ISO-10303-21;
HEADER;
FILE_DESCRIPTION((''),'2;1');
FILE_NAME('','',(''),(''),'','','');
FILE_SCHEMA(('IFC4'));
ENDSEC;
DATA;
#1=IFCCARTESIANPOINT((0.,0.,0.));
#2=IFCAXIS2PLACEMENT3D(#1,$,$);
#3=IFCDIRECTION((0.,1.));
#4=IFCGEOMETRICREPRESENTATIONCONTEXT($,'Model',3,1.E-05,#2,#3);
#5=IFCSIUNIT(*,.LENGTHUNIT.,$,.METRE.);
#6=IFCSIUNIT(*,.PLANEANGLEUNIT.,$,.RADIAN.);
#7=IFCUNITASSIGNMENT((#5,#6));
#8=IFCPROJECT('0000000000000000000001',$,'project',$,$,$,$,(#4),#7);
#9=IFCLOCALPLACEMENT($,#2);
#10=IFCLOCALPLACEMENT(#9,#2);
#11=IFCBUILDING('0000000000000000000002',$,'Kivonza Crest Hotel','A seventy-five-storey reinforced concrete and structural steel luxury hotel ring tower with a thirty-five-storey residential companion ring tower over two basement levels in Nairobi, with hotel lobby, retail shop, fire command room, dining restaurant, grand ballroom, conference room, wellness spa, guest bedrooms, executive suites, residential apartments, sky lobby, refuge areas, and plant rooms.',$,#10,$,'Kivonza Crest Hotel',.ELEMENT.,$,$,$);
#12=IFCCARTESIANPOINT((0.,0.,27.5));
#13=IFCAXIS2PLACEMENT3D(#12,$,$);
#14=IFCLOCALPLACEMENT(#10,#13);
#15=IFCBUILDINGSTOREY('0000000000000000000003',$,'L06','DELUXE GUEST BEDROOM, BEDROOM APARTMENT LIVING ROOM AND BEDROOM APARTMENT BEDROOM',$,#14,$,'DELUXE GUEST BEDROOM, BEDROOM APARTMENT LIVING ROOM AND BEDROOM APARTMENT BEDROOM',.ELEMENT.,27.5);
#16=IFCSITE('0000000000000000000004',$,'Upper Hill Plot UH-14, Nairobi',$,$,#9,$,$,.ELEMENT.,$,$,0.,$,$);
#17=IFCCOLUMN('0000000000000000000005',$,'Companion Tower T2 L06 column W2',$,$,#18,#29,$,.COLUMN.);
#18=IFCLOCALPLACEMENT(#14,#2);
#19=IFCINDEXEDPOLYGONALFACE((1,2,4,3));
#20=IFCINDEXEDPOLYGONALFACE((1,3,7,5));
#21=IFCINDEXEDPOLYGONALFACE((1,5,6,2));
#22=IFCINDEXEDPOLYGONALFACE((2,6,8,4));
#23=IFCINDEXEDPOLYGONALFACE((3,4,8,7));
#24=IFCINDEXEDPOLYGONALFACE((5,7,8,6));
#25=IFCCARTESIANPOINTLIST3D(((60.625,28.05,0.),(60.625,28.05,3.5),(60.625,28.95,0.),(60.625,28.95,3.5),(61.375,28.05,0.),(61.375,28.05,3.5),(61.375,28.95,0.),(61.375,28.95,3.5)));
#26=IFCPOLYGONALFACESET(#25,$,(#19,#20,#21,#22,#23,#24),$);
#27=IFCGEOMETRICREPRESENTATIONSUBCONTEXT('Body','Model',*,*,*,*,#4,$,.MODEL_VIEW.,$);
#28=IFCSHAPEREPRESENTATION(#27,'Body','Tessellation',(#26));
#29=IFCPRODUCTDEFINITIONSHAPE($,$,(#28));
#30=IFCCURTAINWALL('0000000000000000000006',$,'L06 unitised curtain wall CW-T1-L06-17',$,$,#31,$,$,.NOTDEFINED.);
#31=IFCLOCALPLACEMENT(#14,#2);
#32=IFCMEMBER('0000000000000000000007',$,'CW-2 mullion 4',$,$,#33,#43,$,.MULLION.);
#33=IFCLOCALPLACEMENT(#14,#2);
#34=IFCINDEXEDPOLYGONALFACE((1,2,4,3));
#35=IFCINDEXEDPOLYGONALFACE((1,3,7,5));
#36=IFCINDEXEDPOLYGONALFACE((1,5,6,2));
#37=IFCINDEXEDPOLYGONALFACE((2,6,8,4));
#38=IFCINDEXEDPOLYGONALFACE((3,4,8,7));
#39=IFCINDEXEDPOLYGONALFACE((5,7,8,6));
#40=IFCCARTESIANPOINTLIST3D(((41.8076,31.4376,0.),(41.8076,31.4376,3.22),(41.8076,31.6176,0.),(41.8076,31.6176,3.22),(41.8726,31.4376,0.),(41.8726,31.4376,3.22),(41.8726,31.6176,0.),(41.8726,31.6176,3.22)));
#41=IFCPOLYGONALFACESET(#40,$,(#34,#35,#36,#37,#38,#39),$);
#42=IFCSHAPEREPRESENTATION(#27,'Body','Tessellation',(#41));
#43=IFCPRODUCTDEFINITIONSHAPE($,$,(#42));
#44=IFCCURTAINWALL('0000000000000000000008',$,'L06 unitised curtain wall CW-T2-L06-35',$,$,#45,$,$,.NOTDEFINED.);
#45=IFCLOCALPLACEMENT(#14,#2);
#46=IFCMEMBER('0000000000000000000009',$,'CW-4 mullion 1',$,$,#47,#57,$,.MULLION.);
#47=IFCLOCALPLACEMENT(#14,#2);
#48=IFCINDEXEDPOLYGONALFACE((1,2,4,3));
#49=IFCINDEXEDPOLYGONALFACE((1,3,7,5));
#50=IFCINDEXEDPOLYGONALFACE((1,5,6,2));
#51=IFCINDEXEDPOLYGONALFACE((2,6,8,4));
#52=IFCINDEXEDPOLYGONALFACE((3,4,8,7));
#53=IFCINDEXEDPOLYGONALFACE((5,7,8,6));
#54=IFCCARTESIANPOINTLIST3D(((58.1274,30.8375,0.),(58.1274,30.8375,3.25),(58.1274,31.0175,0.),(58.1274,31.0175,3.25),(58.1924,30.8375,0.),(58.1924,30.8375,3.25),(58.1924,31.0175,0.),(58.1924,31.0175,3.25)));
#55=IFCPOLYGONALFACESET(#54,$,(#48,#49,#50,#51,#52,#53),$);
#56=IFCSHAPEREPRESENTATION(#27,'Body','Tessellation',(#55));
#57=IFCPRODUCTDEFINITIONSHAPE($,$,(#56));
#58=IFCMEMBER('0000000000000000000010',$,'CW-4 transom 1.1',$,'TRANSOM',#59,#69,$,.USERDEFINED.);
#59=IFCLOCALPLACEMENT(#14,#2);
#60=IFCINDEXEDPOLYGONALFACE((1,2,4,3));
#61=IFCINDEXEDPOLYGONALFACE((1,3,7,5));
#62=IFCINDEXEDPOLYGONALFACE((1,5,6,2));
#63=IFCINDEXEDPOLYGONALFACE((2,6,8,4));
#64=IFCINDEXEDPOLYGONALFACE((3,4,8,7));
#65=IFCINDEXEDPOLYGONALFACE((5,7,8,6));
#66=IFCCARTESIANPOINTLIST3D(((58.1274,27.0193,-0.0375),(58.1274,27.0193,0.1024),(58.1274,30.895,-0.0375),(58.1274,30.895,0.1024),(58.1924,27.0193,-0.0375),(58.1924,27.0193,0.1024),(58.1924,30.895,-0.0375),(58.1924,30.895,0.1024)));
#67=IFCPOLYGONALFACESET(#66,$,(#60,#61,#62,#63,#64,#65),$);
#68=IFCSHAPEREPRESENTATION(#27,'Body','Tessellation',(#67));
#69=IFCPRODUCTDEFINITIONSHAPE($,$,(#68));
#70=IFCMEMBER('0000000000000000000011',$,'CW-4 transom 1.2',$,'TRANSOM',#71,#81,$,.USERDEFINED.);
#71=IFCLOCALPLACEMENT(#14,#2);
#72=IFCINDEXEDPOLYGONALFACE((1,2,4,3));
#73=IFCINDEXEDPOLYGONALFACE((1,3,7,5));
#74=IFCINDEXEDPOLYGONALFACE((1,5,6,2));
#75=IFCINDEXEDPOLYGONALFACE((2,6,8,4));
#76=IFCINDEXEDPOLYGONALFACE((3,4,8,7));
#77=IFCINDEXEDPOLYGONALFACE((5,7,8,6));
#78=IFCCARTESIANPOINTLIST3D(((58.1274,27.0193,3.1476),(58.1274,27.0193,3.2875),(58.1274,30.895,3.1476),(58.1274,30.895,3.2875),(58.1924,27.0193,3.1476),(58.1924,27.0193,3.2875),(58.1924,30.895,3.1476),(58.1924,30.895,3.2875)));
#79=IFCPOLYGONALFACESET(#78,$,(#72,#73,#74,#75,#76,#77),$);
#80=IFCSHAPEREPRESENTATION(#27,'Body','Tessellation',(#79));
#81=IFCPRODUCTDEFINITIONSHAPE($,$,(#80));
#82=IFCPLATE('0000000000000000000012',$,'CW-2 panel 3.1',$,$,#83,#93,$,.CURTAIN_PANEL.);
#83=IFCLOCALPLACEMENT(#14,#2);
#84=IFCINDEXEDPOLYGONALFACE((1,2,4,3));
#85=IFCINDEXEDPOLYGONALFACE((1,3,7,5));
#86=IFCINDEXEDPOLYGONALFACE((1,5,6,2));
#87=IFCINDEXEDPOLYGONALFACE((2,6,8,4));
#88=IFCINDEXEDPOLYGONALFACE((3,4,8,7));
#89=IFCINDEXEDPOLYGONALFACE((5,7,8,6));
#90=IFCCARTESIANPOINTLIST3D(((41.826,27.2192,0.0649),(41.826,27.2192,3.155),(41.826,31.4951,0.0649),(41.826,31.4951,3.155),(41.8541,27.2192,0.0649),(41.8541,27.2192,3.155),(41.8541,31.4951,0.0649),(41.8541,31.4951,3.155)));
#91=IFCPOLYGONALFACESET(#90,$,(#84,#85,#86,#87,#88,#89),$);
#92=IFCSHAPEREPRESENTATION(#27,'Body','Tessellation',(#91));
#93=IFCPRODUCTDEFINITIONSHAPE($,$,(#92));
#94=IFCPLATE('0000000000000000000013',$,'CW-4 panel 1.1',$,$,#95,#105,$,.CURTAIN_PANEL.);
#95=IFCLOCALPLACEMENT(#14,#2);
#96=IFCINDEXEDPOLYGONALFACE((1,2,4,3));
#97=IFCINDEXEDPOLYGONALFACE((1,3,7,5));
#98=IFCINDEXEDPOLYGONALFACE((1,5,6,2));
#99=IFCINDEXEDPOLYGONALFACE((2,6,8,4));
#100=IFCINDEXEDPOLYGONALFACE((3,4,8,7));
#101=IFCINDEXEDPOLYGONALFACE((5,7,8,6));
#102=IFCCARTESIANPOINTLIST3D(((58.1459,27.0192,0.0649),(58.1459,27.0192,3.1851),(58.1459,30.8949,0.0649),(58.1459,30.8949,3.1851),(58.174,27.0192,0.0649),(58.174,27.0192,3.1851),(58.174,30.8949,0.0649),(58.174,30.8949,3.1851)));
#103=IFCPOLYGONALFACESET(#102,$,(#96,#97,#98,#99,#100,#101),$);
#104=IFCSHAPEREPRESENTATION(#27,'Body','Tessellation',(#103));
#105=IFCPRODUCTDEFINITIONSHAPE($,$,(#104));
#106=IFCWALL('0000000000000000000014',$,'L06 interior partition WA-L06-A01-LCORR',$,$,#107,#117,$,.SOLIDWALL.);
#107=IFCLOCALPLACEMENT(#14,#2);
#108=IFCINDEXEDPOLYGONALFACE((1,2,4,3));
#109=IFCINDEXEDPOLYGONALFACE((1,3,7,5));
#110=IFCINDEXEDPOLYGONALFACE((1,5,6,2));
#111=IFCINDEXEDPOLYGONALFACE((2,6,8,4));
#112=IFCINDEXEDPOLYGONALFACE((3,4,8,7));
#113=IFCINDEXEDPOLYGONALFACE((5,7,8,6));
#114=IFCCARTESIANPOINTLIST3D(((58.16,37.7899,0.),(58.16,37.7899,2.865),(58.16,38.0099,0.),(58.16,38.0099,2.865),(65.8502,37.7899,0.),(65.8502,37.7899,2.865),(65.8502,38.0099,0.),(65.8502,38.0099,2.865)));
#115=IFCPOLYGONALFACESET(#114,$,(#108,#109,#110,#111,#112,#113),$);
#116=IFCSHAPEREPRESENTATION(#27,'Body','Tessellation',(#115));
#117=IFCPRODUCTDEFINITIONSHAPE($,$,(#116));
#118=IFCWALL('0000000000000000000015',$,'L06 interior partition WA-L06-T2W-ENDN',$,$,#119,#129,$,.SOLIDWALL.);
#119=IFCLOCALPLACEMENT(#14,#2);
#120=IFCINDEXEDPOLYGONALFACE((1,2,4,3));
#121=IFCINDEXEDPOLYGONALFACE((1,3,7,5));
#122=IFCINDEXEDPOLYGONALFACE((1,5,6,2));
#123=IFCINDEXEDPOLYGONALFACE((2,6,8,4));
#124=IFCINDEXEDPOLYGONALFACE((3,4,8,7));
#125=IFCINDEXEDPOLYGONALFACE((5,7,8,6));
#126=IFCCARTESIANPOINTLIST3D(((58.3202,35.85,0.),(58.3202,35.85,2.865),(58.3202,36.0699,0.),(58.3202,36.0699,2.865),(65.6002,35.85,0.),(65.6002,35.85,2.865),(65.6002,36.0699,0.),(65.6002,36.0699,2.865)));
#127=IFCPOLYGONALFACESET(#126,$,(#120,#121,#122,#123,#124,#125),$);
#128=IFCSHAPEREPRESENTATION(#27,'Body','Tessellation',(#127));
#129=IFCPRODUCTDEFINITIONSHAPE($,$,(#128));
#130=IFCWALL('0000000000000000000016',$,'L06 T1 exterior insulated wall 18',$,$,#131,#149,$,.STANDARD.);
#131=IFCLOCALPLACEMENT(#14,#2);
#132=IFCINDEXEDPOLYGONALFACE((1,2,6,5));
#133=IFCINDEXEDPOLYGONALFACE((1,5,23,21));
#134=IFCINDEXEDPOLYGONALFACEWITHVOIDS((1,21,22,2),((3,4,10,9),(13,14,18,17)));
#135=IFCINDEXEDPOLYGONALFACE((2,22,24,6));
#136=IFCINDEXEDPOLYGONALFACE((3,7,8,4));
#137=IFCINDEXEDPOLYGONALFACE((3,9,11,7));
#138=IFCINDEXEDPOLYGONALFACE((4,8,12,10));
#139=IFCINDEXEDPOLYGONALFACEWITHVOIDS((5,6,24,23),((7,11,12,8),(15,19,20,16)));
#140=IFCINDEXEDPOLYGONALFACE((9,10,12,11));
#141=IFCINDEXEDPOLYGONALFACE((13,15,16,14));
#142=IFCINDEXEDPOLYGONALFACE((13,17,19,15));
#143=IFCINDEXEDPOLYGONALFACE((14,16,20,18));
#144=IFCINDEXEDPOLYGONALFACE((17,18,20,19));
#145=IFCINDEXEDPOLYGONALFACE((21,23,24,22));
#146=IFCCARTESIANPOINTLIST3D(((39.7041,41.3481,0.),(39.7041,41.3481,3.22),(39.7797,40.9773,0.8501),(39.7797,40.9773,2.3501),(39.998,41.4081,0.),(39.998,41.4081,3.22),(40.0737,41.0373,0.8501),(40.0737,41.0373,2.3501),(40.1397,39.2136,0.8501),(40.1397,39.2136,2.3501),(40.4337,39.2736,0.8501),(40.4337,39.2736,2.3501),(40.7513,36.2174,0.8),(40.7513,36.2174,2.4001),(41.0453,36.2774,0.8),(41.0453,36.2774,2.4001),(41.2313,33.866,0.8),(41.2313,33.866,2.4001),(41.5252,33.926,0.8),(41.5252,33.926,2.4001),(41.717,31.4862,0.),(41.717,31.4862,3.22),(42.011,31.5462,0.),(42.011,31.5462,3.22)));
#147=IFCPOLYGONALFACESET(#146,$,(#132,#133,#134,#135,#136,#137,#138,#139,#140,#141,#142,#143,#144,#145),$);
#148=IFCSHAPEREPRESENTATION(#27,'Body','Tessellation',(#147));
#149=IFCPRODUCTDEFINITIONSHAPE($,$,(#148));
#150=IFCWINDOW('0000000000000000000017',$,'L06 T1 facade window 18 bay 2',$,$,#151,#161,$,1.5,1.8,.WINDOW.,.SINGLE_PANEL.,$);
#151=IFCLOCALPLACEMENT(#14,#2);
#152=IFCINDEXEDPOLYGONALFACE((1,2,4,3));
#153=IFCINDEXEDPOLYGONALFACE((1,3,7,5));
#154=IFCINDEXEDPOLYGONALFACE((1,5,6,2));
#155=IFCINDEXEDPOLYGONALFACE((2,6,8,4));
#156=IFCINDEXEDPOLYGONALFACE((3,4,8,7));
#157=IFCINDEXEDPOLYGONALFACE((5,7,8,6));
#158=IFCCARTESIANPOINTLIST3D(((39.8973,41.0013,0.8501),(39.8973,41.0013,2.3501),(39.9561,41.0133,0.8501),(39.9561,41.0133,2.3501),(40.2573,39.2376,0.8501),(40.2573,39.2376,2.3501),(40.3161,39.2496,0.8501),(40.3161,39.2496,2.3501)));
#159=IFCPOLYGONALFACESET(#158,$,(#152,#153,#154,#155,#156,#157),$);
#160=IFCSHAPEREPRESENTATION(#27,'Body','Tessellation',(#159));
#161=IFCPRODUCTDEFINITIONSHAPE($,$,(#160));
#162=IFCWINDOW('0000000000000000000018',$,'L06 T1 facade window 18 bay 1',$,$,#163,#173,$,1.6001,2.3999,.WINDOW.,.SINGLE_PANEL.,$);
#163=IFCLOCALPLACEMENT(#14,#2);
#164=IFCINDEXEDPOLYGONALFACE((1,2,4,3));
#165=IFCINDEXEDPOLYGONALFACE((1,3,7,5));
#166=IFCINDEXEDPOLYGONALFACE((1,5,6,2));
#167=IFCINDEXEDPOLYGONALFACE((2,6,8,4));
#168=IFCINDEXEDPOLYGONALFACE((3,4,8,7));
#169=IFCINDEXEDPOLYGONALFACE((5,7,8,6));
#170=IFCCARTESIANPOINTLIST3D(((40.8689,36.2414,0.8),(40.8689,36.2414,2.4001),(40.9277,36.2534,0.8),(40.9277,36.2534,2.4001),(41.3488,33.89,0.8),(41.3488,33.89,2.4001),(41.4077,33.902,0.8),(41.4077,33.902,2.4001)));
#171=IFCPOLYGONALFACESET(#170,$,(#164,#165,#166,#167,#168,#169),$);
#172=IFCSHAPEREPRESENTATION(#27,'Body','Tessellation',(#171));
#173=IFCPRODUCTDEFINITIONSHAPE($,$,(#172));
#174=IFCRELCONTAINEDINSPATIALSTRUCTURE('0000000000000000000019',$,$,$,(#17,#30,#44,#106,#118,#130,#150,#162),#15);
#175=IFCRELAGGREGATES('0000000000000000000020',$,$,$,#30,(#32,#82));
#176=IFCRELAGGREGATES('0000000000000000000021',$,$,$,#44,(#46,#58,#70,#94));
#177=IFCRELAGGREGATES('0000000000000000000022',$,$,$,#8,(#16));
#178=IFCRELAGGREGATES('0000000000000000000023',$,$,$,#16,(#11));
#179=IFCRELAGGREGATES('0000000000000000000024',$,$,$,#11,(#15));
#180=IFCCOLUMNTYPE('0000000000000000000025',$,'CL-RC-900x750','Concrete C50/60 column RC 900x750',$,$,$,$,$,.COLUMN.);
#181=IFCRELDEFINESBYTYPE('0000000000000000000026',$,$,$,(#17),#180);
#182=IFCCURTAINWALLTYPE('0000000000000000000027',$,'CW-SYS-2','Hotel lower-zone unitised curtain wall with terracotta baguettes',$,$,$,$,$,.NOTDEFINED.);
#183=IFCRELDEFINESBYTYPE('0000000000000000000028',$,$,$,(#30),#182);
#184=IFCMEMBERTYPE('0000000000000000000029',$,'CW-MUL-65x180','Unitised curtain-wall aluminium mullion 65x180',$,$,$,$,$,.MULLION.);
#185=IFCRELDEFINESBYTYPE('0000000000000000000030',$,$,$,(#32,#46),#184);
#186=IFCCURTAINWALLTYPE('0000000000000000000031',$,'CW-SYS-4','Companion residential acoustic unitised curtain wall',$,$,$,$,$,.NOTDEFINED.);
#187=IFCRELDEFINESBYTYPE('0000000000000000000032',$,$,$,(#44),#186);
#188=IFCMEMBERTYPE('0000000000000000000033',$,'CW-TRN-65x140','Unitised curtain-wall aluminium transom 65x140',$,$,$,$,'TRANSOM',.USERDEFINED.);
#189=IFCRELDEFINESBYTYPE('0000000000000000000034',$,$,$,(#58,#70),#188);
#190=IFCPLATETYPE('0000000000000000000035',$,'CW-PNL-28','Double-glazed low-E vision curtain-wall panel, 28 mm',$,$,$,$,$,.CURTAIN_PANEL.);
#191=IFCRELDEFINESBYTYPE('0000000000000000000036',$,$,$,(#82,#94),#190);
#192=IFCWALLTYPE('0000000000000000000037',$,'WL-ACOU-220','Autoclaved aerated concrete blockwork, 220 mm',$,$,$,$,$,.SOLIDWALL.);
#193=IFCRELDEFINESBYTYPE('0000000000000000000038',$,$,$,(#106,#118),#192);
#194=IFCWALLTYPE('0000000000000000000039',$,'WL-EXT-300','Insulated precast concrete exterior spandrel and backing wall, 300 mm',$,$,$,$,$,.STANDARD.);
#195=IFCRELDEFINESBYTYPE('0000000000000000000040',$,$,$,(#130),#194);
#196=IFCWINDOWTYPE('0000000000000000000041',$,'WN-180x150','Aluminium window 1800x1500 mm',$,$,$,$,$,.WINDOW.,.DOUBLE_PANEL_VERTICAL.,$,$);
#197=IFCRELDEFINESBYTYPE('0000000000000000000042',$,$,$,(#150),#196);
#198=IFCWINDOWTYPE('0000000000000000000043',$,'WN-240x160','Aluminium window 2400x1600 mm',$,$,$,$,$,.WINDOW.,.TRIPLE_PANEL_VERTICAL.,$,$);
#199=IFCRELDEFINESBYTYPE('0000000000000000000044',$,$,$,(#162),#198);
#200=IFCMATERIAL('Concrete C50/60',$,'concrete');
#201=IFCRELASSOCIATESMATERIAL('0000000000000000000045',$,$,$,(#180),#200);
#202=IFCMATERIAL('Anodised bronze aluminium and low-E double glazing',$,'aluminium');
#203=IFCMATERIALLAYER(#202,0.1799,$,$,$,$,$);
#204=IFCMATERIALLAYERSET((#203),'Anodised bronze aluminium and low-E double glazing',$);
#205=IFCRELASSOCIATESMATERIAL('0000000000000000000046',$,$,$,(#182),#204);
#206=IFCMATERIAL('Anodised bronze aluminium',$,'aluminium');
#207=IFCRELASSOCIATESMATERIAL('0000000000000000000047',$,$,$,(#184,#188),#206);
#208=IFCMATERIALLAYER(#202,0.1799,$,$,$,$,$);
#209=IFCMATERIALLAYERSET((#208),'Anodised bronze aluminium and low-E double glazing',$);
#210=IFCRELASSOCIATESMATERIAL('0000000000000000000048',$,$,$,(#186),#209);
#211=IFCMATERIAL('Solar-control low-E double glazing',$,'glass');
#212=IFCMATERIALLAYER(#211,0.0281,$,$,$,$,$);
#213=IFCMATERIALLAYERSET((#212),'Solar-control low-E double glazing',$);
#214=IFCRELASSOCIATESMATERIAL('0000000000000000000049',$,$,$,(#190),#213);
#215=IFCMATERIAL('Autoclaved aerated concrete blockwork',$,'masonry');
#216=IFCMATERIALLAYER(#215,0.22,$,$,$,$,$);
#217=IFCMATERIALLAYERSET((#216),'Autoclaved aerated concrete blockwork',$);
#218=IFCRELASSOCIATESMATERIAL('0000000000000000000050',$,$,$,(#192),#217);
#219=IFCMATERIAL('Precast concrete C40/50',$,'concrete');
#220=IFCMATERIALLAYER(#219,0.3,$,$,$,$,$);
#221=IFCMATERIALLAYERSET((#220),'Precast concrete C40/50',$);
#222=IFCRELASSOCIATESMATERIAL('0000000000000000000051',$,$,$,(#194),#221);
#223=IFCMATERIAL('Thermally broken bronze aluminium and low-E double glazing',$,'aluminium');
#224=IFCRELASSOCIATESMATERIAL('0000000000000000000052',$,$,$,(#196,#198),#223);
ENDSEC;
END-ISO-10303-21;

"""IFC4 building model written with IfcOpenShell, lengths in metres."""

from ifc_helpers import new_model, si_unit, direction, frame, frame_2d, origin, origin_2d, place, context, subcontext, project, spatial, rectangle, extrude, material, layer, layer_set, material_profile, profile_set, type_object, element, fill, aggregate, save


model = new_model("IFC4")

# Units and contexts
model_context = context("Model", 3, precision=1e-05, world=origin(), true_north=direction((0.0, 1.0)))
body_context = subcontext(model_context, "Body", "Model", "MODEL_VIEW")
ifc_project = project(units=[si_unit("LENGTHUNIT", "METRE"), si_unit("PLANEANGLEUNIT", "RADIAN")], contexts=[model_context])

# Site, building, storey
site_placement = place(None, origin())
site = spatial("IfcSite", under=ifc_project, at=site_placement, Name="Upper Hill Plot UH-14, Nairobi", CompositionType="ELEMENT", RefElevation=0.0)
building_placement = place(site_placement, origin())
building = spatial("IfcBuilding", under=site, at=building_placement, Name="Kivonza Crest Hotel", Description="A seventy-five-storey reinforced concrete and structural steel luxury hotel ring tower with a thirty-five-storey residential companion ring tower over two basement levels in Nairobi, with hotel lobby, retail shop, fire command room, dining restaurant, grand ballroom, conference room, wellness spa, guest bedrooms, executive suites, residential apartments, sky lobby, refuge areas, and plant rooms.", LongName="Kivonza Crest Hotel", CompositionType="ELEMENT")
storey_placement = place(building_placement, frame((0.0, 0.0, 27.5)))
storey = spatial("IfcBuildingStorey", under=building, at=storey_placement, Name="L06", Description="DELUXE GUEST BEDROOM, BEDROOM APARTMENT LIVING ROOM AND BEDROOM APARTMENT BEDROOM", LongName="DELUXE GUEST BEDROOM, BEDROOM APARTMENT LIVING ROOM AND BEDROOM APARTMENT BEDROOM", CompositionType="ELEMENT", Elevation=27.5)

# Column
ifc_material_1 = material(Name="Concrete C50/60", Category="concrete")
ifc_material_profile_1 = material_profile(ifc_material_1, rectangle(XDim=0.75, YDim=0.8999, at=origin_2d()), Name="RC 900x750")
ifc_profile_set_1 = profile_set([ifc_material_profile_1], Name="Concrete C50/60")
column_type = type_object("IfcColumnType", Name="CL-RC-900x750", Description="Concrete C50/60 column RC 900x750", PredefinedType="COLUMN", material=ifc_profile_set_1)
column_placement = place(storey_placement, frame((61.0, 28.5, 0.0), z_axis=(0.0, 0.0, 1.0), x_axis=(1.0, 0.0, 0.0)))
element("IfcColumn", 1, at=column_placement, inside=storey, type_object=column_type, Name="Companion Tower T2 L06 column W2", PredefinedType="COLUMN", context=body_context, shape_type="SweptSolid", body=[
    extrude(rectangle(XDim=0.75, YDim=0.8999, at=origin_2d()), origin(), (0.0, 0.0, 1.0), 3.5),
])

# Curtain wall, member
ifc_material_2 = material(Name="Anodised bronze aluminium and low-E double glazing", Category="aluminium")
ifc_layer_1 = layer(ifc_material_2, 0.1799)
ifc_layer_set_1 = layer_set([ifc_layer_1], Name="Anodised bronze aluminium and low-E double glazing")
curtain_wall_type_1 = type_object("IfcCurtainWallType", Name="CW-SYS-2", Description="Hotel lower-zone unitised curtain wall with terracotta baguettes", PredefinedType="NOTDEFINED", material=ifc_layer_set_1)
curtain_wall_1_placement = place(storey_placement, origin())
curtain_wall_1 = element("IfcCurtainWall", 2, at=curtain_wall_1_placement, inside=storey, type_object=curtain_wall_type_1, Name="L06 unitised curtain wall CW-T1-L06-17", PredefinedType="NOTDEFINED")
ifc_material_3 = material(Name="Anodised bronze aluminium", Category="aluminium")
ifc_material_profile_2 = material_profile(ifc_material_3, rectangle(XDim=0.0649, YDim=0.1799, at=origin_2d()), Name="CW-M 65x180")
ifc_profile_set_2 = profile_set([ifc_material_profile_2], Name="Anodised bronze aluminium")
member_type_1 = type_object("IfcMemberType", Name="CW-MUL-65x180", Description="Unitised curtain-wall aluminium mullion 65x180", PredefinedType="MULLION", material=ifc_profile_set_2)
member_1_placement = place(storey_placement, frame((41.8401, 31.5276, 0.0), z_axis=(0.0, 0.0, 1.0), x_axis=(-1.0, 0.0, 0.0)))
member_1 = element("IfcMember", 3, at=member_1_placement, type_object=member_type_1, Name="CW-2 mullion 4", PredefinedType="MULLION", context=body_context, shape_type="SweptSolid", body=[
    extrude(rectangle(XDim=0.0649, YDim=0.1799, at=origin_2d()), origin(), (0.0, 0.0, 1.0), 3.22),
])

# Curtain wall, members
ifc_layer_2 = layer(ifc_material_2, 0.1799)
ifc_layer_set_2 = layer_set([ifc_layer_2], Name="Anodised bronze aluminium and low-E double glazing")
curtain_wall_type_2 = type_object("IfcCurtainWallType", Name="CW-SYS-4", Description="Companion residential acoustic unitised curtain wall", PredefinedType="NOTDEFINED", material=ifc_layer_set_2)
curtain_wall_2_placement = place(storey_placement, origin())
curtain_wall_2 = element("IfcCurtainWall", 4, at=curtain_wall_2_placement, inside=storey, type_object=curtain_wall_type_2, Name="L06 unitised curtain wall CW-T2-L06-35", PredefinedType="NOTDEFINED")
member_2_placement = place(storey_placement, frame((58.1599, 30.9275, 0.0), z_axis=(0.0, 0.0, 1.0), x_axis=(1.0, 0.0, 0.0)))
member_2 = element("IfcMember", 5, at=member_2_placement, type_object=member_type_1, Name="CW-4 mullion 1", PredefinedType="MULLION", context=body_context, shape_type="SweptSolid", body=[
    extrude(rectangle(XDim=0.0649, YDim=0.1799, at=origin_2d()), origin(), (0.0, 0.0, 1.0), 3.25),
])
ifc_material_profile_3 = material_profile(ifc_material_3, rectangle(XDim=0.0649, YDim=0.1399, at=origin_2d()), Name="CW-T 65x140")
ifc_profile_set_3 = profile_set([ifc_material_profile_3], Name="Anodised bronze aluminium")
member_type_2 = type_object("IfcMemberType", Name="CW-TRN-65x140", Description="Unitised curtain-wall aluminium transom 65x140", ElementType="TRANSOM", PredefinedType="USERDEFINED", material=ifc_profile_set_3)
member_3_placement = place(storey_placement, frame((58.1599, 30.895, 0.0325), z_axis=(0.0, -1.0, 0.0), x_axis=(1.0, 0.0, 0.0)))
member_3 = element("IfcMember", 6, at=member_3_placement, type_object=member_type_2, Name="CW-4 transom 1.1", ObjectType="TRANSOM", PredefinedType="USERDEFINED", context=body_context, shape_type="SweptSolid", body=[
    extrude(rectangle(XDim=0.0649, YDim=0.1399, at=origin_2d()), origin(), (0.0, 0.0, 1.0), 3.8757),
])
member_4_placement = place(storey_placement, frame((58.1599, 30.895, 3.2175), z_axis=(0.0, -1.0, 0.0), x_axis=(1.0, 0.0, 0.0)))
member_4 = element("IfcMember", 7, at=member_4_placement, type_object=member_type_2, Name="CW-4 transom 1.2", ObjectType="TRANSOM", PredefinedType="USERDEFINED", context=body_context, shape_type="SweptSolid", body=[
    extrude(rectangle(XDim=0.0649, YDim=0.1399, at=origin_2d()), origin(), (0.0, 0.0, 1.0), 3.8757),
])

# Plates
ifc_material_4 = material(Name="Solar-control low-E double glazing", Category="glass")
ifc_layer_3 = layer(ifc_material_4, 0.0281)
ifc_layer_set_3 = layer_set([ifc_layer_3], Name="Solar-control low-E double glazing")
plate_type = type_object("IfcPlateType", Name="CW-PNL-28", Description="Double-glazed low-E vision curtain-wall panel, 28 mm", PredefinedType="CURTAIN_PANEL", material=ifc_layer_set_3)
plate_1_placement = place(storey_placement, frame((41.8401, 29.3572, 0.0649), z_axis=(0.0, 0.0, 1.0), x_axis=(0.0, 1.0, 0.0)))
plate_1 = element("IfcPlate", 8, at=plate_1_placement, type_object=plate_type, Name="CW-2 panel 3.1", PredefinedType="CURTAIN_PANEL", context=body_context, shape_type="SweptSolid", body=[
    extrude(rectangle(XDim=4.2759, YDim=0.0281, at=origin_2d()), origin(), (0.0, 0.0, 1.0), 3.0901),
])
aggregate(curtain_wall_1, [member_1, plate_1])
plate_2_placement = place(storey_placement, frame((58.1599, 28.957, 0.0649), z_axis=(0.0, 0.0, 1.0), x_axis=(0.0, -1.0, 0.0)))
plate_2 = element("IfcPlate", 9, at=plate_2_placement, type_object=plate_type, Name="CW-4 panel 1.1", PredefinedType="CURTAIN_PANEL", context=body_context, shape_type="SweptSolid", body=[
    extrude(rectangle(XDim=3.8757, YDim=0.0281, at=origin_2d()), origin(), (0.0, 0.0, 1.0), 3.1201),
])
aggregate(curtain_wall_2, [member_2, member_3, member_4, plate_2])

# Walls
ifc_material_5 = material(Name="Autoclaved aerated concrete blockwork", Category="masonry")
ifc_layer_4 = layer(ifc_material_5, 0.22)
ifc_layer_set_4 = layer_set([ifc_layer_4], Name="Autoclaved aerated concrete blockwork")
wall_type_1 = type_object("IfcWallType", Name="WL-ACOU-220", Description="Autoclaved aerated concrete blockwork, 220 mm", PredefinedType="SOLIDWALL", material=ifc_layer_set_4)
wall_1_placement = place(storey_placement, frame((58.1599, 37.8999, 0.0), z_axis=(0.0, 0.0, 1.0), x_axis=(1.0, 0.0, 0.0)))
element("IfcWall", 10, at=wall_1_placement, inside=storey, type_object=wall_type_1, Name="L06 interior partition WA-L06-A01-LCORR", PredefinedType="SOLIDWALL", context=body_context, shape_type="SweptSolid", body=[
    extrude(rectangle(XDim=7.6902, YDim=0.22, at=frame_2d((3.8452, 0.0))), origin(), (0.0, 0.0, 1.0), 2.865),
])
wall_2_placement = place(storey_placement, frame((58.3201, 35.96, 0.0), z_axis=(0.0, 0.0, 1.0), x_axis=(1.0, 0.0, 0.0)))
element("IfcWall", 11, at=wall_2_placement, inside=storey, type_object=wall_type_1, Name="L06 interior partition WA-L06-T2W-ENDN", PredefinedType="SOLIDWALL", context=body_context, shape_type="SweptSolid", body=[
    extrude(rectangle(XDim=7.28, YDim=0.22, at=frame_2d((3.6401, 0.0))), origin(), (0.0, 0.0, 1.0), 2.865),
])

# Wall, openings, windows
ifc_material_6 = material(Name="Precast concrete C40/50", Category="concrete")
ifc_layer_5 = layer(ifc_material_6, 0.3)
ifc_layer_set_5 = layer_set([ifc_layer_5], Name="Precast concrete C40/50")
wall_type_2 = type_object("IfcWallType", Name="WL-EXT-300", Description="Insulated precast concrete exterior spandrel and backing wall, 300 mm", PredefinedType="STANDARD", material=ifc_layer_set_5)
wall_3_placement = place(storey_placement, frame((41.864, 31.5161, 0.0), z_axis=(0.0, 0.0, 1.0), x_axis=(-0.199991, 0.979798, 0.0)))
wall_3 = element("IfcWall", 12, at=wall_3_placement, inside=storey, type_object=wall_type_2, Name="L06 T1 exterior insulated wall 18", PredefinedType="STANDARD", context=body_context, shape_type="SweptSolid", body=[
    extrude(rectangle(XDim=10.0652, YDim=0.3, at=frame_2d((5.0327, 0.0))), origin(), (0.0, 0.0, 1.0), 3.22),
])
opening_1_placement = place(wall_3_placement, frame((2.429, 0.0, 0.8)))
opening_1 = element("IfcOpeningElement", 13, at=opening_1_placement, cuts=wall_3, PredefinedType="OPENING", context=body_context, shape_type="SweptSolid", body=[
    extrude(rectangle(XDim=2.3999, YDim=1.6001, at=frame_2d((1.2, 0.8))), frame((0.0, 0.1602, 0.0), z_axis=(0.0, -1.0, 0.0), x_axis=(1.0, 0.0, 0.0)), (0.0, 0.0, 1.0), 0.3201),
])
opening_2_placement = place(wall_3_placement, frame((7.887, 0.0, 0.8501)))
opening_2 = element("IfcOpeningElement", 14, at=opening_2_placement, cuts=wall_3, PredefinedType="OPENING", context=body_context, shape_type="SweptSolid", body=[
    extrude(rectangle(XDim=1.8, YDim=1.5, at=frame_2d((0.8999, 0.75))), frame((0.0, 0.1602, 0.0), z_axis=(0.0, -1.0, 0.0), x_axis=(1.0, 0.0, 0.0)), (0.0, 0.0, 1.0), 0.3201),
])
ifc_material_7 = material(Name="Thermally broken bronze aluminium and low-E double glazing", Category="aluminium")
window_type_1 = type_object("IfcWindowType", Name="WN-180x150", Description="Aluminium window 1800x1500 mm", PartitioningType="DOUBLE_PANEL_VERTICAL", PredefinedType="WINDOW", material=ifc_material_7)
window_1_placement = place(opening_2_placement, origin())
window_1 = element("IfcWindow", 15, at=window_1_placement, inside=storey, type_object=window_type_1, Name="L06 T1 facade window 18 bay 2", OverallHeight=1.5, OverallWidth=1.8, PartitioningType="SINGLE_PANEL", PredefinedType="WINDOW", context=body_context, shape_type="SweptSolid", body=[
    extrude(rectangle(XDim=1.8, YDim=1.5, at=frame_2d((0.8999, 0.75))), frame((0.0, 0.03, 0.0), z_axis=(0.0, -1.0, 0.0), x_axis=(1.0, 0.0, 0.0)), (0.0, 0.0, 1.0), 0.0601),
])
fill(opening_2, window_1)
window_type_2 = type_object("IfcWindowType", Name="WN-240x160", Description="Aluminium window 2400x1600 mm", PartitioningType="TRIPLE_PANEL_VERTICAL", PredefinedType="WINDOW", material=ifc_material_7)
window_2_placement = place(opening_1_placement, origin())
window_2 = element("IfcWindow", 16, at=window_2_placement, inside=storey, type_object=window_type_2, Name="L06 T1 facade window 18 bay 1", OverallHeight=1.6001, OverallWidth=2.3999, PartitioningType="SINGLE_PANEL", PredefinedType="WINDOW", context=body_context, shape_type="SweptSolid", body=[
    extrude(rectangle(XDim=2.3999, YDim=1.6001, at=frame_2d((1.2, 0.8))), frame((0.0, 0.03, 0.0), z_axis=(0.0, -1.0, 0.0), x_axis=(1.0, 0.0, 0.0)), (0.0, 0.0, 1.0), 0.0601),
])
fill(opening_1, window_2)

save(model, "model.ifc")
